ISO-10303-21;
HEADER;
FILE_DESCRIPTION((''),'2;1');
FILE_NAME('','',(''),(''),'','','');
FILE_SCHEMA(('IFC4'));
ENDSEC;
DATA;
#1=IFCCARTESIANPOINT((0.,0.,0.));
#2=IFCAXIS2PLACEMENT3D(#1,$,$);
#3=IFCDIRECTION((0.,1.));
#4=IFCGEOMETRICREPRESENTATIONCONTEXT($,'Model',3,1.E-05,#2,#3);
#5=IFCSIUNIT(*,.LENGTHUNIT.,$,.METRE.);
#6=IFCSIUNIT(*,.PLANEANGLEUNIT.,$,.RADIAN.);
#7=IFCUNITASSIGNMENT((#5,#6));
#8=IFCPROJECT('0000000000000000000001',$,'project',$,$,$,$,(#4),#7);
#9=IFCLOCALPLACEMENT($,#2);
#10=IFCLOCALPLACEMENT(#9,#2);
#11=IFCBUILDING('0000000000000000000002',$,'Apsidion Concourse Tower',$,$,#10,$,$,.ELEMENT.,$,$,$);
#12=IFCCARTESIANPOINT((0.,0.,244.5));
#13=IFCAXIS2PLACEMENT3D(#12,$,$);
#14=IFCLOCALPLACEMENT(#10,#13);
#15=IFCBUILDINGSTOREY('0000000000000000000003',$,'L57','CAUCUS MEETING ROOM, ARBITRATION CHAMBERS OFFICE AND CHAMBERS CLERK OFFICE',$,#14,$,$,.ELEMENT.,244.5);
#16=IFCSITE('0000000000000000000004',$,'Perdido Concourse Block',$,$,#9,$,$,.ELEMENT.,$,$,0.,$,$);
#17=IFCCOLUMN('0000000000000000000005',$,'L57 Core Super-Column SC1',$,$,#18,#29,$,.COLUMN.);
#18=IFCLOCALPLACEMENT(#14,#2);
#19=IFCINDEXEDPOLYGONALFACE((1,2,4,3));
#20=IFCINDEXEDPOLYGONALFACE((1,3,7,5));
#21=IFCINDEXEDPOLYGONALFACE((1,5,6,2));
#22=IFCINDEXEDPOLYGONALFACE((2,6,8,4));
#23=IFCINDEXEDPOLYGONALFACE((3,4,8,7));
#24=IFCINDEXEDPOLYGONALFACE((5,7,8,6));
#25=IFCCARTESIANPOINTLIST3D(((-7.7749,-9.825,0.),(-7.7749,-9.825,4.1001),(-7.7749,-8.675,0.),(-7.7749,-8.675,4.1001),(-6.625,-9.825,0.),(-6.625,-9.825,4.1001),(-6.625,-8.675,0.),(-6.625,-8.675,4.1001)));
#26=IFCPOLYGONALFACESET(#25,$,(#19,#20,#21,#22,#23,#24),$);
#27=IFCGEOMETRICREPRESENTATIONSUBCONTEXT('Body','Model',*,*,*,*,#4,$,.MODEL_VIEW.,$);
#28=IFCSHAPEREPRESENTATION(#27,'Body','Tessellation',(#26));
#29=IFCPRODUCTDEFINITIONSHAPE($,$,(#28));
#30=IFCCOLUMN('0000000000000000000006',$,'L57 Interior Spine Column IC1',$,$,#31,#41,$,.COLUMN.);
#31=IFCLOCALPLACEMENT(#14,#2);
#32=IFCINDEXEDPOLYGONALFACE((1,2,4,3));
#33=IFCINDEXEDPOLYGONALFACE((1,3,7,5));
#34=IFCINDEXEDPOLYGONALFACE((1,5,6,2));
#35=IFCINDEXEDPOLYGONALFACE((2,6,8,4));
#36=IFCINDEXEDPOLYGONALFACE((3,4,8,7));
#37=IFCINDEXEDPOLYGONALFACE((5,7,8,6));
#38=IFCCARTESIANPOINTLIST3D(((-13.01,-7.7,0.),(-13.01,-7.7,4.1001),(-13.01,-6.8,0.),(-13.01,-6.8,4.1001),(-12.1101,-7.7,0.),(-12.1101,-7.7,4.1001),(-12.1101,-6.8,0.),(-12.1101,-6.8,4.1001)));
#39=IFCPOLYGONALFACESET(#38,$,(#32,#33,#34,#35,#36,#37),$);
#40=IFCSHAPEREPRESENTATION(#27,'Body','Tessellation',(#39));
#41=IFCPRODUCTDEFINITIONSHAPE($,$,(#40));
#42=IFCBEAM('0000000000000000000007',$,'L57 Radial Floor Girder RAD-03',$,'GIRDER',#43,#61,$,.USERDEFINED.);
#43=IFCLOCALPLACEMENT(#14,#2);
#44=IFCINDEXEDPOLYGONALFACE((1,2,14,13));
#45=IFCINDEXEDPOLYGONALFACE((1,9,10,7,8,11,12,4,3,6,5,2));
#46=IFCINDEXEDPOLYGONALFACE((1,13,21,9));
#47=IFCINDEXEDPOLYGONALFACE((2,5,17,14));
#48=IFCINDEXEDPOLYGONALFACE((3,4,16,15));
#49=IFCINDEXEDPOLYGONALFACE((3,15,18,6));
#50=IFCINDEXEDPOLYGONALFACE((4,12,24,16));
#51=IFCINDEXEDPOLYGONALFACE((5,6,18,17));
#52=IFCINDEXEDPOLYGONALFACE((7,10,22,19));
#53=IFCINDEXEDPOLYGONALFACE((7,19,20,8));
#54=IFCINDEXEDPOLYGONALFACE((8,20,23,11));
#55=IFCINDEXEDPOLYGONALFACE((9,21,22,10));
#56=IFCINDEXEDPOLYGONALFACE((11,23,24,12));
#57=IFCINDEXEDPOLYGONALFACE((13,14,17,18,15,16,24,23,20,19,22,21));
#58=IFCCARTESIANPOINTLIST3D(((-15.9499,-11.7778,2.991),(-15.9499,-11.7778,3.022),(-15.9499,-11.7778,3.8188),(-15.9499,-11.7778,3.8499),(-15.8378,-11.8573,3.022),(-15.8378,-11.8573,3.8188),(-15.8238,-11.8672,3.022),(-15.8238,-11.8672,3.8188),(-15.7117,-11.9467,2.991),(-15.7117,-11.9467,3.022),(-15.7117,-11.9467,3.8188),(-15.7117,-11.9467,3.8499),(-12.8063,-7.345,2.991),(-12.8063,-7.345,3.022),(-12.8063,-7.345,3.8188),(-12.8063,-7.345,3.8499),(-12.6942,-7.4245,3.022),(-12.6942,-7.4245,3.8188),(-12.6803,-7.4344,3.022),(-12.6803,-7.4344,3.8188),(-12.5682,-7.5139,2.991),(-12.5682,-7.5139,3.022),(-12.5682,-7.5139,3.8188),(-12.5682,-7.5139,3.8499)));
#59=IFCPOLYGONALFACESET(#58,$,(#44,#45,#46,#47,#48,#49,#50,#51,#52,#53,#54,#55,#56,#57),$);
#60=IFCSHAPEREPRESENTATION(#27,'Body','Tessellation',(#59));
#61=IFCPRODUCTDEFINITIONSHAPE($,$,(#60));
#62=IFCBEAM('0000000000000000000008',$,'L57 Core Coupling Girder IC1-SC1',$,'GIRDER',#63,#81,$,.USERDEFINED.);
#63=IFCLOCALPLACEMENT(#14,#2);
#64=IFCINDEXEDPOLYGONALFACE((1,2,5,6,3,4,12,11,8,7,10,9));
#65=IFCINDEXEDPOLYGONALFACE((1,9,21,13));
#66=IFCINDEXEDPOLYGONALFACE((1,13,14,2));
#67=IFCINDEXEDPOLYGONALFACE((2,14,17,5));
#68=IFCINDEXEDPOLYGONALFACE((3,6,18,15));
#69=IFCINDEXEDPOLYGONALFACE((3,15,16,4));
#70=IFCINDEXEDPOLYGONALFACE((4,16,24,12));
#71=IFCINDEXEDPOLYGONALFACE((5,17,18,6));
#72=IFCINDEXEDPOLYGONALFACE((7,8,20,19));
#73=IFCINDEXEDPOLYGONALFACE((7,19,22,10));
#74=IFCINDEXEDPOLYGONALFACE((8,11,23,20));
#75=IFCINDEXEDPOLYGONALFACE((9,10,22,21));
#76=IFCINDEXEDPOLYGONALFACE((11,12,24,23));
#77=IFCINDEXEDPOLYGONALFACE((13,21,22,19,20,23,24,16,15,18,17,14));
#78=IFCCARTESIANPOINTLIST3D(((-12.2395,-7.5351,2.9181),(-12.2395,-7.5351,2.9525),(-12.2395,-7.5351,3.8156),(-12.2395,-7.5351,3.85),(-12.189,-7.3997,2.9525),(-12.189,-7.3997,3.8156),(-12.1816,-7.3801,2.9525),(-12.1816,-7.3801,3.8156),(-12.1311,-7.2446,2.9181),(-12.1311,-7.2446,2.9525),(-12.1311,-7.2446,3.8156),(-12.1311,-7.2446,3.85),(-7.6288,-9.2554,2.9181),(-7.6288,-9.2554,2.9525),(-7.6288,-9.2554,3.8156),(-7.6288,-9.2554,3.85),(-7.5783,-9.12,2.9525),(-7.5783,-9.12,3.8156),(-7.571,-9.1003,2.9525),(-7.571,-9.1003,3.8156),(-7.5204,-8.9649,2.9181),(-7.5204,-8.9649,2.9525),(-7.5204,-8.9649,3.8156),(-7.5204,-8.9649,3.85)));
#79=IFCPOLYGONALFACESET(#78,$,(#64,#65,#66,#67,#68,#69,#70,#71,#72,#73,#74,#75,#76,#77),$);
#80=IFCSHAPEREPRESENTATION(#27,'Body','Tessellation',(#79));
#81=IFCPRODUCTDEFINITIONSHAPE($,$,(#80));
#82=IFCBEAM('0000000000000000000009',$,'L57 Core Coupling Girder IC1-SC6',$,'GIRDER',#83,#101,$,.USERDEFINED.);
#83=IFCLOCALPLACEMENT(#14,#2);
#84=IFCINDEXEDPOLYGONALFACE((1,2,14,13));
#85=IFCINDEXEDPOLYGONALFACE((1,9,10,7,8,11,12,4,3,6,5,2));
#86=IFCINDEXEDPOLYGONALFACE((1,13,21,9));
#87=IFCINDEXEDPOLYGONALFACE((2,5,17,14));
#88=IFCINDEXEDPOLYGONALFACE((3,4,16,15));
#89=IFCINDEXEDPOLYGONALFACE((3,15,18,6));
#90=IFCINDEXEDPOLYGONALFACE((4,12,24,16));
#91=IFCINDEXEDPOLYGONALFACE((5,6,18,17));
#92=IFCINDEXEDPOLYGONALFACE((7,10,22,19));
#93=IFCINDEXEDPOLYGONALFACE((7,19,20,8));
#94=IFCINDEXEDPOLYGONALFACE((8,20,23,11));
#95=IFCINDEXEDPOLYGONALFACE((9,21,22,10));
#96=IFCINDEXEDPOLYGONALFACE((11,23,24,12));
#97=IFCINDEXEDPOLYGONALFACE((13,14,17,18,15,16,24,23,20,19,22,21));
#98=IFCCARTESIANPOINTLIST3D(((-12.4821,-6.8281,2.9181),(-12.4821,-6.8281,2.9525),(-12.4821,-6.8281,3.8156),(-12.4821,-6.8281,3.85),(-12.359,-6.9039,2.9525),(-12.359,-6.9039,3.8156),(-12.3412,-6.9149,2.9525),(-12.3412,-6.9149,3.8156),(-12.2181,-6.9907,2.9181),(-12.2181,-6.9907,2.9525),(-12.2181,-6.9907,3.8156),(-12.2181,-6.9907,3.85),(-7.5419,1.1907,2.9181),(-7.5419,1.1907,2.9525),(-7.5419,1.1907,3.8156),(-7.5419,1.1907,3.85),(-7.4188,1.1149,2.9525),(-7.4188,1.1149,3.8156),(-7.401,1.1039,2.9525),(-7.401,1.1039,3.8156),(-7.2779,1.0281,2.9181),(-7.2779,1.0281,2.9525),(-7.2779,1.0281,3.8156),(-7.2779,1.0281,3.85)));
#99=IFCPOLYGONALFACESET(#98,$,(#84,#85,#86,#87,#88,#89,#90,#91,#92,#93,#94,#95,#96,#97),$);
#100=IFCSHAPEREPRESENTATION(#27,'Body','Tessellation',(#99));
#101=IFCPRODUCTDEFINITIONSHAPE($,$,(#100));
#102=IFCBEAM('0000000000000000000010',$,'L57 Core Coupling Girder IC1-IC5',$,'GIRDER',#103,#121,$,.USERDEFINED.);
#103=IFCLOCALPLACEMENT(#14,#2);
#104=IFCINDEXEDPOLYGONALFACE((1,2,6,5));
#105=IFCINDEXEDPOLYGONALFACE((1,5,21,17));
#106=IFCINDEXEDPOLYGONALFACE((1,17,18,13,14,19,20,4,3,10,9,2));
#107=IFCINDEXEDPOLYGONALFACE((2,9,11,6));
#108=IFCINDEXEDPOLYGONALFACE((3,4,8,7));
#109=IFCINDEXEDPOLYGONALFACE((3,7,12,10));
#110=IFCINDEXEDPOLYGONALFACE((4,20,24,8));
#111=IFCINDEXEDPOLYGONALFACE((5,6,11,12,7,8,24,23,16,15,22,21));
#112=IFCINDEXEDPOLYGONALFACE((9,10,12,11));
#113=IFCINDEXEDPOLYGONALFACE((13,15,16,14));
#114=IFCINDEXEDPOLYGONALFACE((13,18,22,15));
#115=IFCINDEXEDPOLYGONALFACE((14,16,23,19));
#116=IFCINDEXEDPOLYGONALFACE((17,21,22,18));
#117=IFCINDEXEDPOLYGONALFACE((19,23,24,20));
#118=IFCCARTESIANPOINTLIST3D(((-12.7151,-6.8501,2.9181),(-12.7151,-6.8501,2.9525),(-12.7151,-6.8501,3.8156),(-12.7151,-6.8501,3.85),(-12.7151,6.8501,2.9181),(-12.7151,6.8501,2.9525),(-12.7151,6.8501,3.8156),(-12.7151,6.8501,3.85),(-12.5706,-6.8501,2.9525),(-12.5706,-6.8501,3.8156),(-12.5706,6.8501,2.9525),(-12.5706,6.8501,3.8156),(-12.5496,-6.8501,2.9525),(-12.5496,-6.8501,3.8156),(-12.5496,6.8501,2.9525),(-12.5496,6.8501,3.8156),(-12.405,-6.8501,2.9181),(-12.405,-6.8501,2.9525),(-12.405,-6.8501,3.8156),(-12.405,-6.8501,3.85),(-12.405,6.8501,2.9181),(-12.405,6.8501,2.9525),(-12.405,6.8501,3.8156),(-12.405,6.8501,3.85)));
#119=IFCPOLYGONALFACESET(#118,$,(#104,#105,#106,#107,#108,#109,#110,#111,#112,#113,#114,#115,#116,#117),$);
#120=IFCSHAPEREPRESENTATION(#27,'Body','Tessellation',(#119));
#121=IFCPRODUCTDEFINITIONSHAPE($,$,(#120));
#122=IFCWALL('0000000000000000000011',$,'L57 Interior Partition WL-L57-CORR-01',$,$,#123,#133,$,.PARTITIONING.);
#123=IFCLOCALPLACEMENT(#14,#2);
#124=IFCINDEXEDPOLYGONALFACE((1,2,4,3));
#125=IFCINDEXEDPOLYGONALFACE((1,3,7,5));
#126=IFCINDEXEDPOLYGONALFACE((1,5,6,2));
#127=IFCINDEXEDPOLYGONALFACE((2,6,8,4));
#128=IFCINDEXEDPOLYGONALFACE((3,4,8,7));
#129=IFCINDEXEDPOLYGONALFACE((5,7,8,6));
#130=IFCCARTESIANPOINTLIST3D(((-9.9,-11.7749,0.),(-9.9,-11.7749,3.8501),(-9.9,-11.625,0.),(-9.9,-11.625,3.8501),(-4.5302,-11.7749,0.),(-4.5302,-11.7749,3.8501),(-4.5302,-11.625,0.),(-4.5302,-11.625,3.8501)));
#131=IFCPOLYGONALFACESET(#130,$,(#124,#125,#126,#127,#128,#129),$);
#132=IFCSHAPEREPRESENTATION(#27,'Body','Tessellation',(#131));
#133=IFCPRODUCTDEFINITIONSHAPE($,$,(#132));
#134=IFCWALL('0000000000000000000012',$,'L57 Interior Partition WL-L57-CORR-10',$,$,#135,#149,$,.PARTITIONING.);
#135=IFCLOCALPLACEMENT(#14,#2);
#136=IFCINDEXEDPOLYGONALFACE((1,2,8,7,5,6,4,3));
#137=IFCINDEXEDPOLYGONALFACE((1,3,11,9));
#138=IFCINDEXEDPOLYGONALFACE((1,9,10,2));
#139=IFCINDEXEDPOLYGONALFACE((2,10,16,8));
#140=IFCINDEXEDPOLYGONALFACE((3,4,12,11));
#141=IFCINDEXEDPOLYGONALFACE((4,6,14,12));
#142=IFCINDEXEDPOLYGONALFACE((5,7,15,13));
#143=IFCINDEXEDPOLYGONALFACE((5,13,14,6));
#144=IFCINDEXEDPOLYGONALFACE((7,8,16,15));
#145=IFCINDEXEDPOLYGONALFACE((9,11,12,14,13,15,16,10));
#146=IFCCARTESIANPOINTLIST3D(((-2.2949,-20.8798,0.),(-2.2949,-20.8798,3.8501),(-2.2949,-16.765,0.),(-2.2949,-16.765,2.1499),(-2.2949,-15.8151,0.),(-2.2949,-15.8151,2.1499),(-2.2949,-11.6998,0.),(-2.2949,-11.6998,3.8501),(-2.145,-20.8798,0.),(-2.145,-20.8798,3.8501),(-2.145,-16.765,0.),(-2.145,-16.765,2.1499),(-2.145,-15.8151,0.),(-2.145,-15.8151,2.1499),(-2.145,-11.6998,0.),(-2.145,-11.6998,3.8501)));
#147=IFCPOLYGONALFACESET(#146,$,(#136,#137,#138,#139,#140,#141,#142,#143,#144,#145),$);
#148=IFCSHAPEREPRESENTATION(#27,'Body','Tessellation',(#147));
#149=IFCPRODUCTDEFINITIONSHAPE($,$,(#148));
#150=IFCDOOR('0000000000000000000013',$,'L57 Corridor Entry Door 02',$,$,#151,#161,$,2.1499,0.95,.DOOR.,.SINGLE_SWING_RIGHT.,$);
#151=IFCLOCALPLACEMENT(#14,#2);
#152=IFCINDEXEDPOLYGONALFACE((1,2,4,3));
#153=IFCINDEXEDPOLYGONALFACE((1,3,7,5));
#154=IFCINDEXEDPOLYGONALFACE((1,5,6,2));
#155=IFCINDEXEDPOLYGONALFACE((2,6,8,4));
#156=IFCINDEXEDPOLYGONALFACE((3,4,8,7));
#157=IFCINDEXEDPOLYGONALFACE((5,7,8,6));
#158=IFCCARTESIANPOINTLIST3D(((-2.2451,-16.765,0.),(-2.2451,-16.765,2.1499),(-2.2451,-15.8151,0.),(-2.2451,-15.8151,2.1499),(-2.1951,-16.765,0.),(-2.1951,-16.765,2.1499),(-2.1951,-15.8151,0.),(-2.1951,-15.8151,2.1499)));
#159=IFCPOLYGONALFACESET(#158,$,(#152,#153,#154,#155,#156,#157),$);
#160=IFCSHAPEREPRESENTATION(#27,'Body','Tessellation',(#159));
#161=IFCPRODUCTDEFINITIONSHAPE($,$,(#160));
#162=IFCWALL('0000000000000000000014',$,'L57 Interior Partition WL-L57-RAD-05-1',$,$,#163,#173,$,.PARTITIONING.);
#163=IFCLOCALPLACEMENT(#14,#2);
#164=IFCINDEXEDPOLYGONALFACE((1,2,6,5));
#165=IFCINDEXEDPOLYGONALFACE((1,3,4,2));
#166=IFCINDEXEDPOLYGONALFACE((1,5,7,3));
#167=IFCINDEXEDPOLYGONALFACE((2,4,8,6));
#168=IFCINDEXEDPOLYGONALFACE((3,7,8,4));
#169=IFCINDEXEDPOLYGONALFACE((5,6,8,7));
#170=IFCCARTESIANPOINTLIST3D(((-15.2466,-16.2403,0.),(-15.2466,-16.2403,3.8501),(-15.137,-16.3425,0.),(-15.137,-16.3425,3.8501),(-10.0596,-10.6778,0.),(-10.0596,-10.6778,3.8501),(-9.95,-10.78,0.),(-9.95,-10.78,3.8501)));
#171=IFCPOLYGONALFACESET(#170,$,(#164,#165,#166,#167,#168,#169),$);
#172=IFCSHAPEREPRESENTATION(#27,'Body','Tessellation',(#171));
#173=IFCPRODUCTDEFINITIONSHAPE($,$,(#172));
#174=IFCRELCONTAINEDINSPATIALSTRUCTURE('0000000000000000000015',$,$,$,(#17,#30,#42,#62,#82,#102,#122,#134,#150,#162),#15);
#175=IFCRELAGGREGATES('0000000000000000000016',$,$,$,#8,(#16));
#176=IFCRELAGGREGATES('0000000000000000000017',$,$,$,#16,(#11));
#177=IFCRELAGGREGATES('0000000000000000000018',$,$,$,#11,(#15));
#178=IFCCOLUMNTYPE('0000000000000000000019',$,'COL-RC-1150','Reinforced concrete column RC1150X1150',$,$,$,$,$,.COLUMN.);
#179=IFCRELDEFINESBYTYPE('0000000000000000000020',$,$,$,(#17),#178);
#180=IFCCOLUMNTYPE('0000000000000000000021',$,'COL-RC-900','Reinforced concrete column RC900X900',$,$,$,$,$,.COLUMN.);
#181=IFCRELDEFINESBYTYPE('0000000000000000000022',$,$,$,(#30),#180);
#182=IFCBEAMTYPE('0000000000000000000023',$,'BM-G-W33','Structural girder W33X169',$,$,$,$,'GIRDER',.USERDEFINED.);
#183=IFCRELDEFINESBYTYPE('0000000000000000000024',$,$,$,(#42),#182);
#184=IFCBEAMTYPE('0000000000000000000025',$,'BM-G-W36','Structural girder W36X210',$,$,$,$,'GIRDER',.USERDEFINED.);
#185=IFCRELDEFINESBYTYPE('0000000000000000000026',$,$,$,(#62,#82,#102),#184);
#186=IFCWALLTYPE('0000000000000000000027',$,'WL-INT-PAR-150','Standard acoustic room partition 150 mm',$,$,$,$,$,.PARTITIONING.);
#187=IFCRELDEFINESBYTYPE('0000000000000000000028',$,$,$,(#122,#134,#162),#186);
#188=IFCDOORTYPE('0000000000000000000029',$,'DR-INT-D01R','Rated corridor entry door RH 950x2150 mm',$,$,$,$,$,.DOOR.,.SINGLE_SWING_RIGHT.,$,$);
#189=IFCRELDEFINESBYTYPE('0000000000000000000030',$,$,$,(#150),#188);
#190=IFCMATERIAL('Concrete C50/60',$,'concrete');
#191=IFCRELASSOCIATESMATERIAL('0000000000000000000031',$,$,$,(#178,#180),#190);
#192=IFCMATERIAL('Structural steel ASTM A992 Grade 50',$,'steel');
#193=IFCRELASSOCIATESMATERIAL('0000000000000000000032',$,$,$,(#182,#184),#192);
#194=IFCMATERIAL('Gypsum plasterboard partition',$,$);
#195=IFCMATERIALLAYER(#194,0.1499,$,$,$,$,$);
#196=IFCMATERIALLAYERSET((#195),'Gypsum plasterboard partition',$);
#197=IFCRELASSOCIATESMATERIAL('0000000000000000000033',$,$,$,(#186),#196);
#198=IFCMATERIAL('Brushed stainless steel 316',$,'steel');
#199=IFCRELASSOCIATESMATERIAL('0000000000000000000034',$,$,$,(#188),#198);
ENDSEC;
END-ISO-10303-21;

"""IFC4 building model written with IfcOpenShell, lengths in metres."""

from ifc_helpers import new_model, si_unit, direction, frame, frame_2d, origin, origin_2d, place, context, subcontext, project, spatial, rectangle, i_section, extrude, material, layer, layer_set, material_profile, profile_set, type_object, element, fill, save


model = new_model("IFC4")

# Units and contexts
model_context = context("Model", 3, precision=1e-05, world=origin(), true_north=direction((0.0, 1.0)))
body_context = subcontext(model_context, "Body", "Model", "MODEL_VIEW")
ifc_project = project(units=[si_unit("LENGTHUNIT", "METRE"), si_unit("PLANEANGLEUNIT", "RADIAN")], contexts=[model_context])

# Site, building, storey
site_placement = place(None, origin())
site = spatial("IfcSite", under=ifc_project, at=site_placement, Name="Perdido Concourse Block", CompositionType="ELEMENT", RefElevation=0.0)
building_placement = place(site_placement, origin())
building = spatial("IfcBuilding", under=site, at=building_placement, Name="Apsidion Concourse Tower", CompositionType="ELEMENT")
storey_placement = place(building_placement, frame((0.0, 0.0, 244.5)))
storey = spatial("IfcBuildingStorey", under=building, at=storey_placement, Name="L57", Description="CAUCUS MEETING ROOM, ARBITRATION CHAMBERS OFFICE AND CHAMBERS CLERK OFFICE", CompositionType="ELEMENT", Elevation=244.5)

# Columns
ifc_material_1 = material(Name="Concrete C50/60", Category="concrete")
ifc_material_profile_1 = material_profile(ifc_material_1, rectangle(XDim=1.1499, YDim=1.1499, at=origin_2d()), Name="RC 1150x1150")
ifc_profile_set_1 = profile_set([ifc_material_profile_1], Name="Concrete C50/60")
column_type_1 = type_object("IfcColumnType", Name="COL-RC-1150", Description="Reinforced concrete column RC1150X1150", PredefinedType="COLUMN", material=ifc_profile_set_1)
column_1_placement = place(storey_placement, frame((-7.2, -9.25, 0.0), z_axis=(0.0, 0.0, 1.0), x_axis=(1.0, 0.0, 0.0)))
element("IfcColumn", 1, at=column_1_placement, inside=storey, type_object=column_type_1, Name="L57 Core Super-Column SC1", PredefinedType="COLUMN", context=body_context, shape_type="SweptSolid", body=[
    extrude(rectangle(XDim=1.1499, YDim=1.1499, at=origin_2d()), origin(), (0.0, 0.0, 1.0), 4.1001),
])
ifc_material_profile_2 = material_profile(ifc_material_1, rectangle(XDim=0.8999, YDim=0.8999, at=origin_2d()), Name="RC 900x900")
ifc_profile_set_2 = profile_set([ifc_material_profile_2], Name="Concrete C50/60")
column_type_2 = type_object("IfcColumnType", Name="COL-RC-900", Description="Reinforced concrete column RC900X900", PredefinedType="COLUMN", material=ifc_profile_set_2)
column_2_placement = place(storey_placement, frame((-12.5601, -7.25, 0.0), z_axis=(0.0, 0.0, 1.0), x_axis=(1.0, 0.0, 0.0)))
element("IfcColumn", 2, at=column_2_placement, inside=storey, type_object=column_type_2, Name="L57 Interior Spine Column IC1", PredefinedType="COLUMN", context=body_context, shape_type="SweptSolid", body=[
    extrude(rectangle(XDim=0.8999, YDim=0.8999, at=origin_2d()), origin(), (0.0, 0.0, 1.0), 4.1001),
])

# Beams
ifc_material_2 = material(Name="Structural steel ASTM A992 Grade 50", Category="steel")
ifc_material_profile_3 = material_profile(ifc_material_2, i_section(OverallWidth=0.292, OverallDepth=0.8589, WebThickness=0.0171, FlangeThickness=0.031, at=origin_2d()), Name="W33X169")
ifc_profile_set_3 = profile_set([ifc_material_profile_3], Name="Structural steel ASTM A992 Grade 50")
beam_type_1 = type_object("IfcBeamType", Name="BM-G-W33", Description="Structural girder W33X169", ElementType="GIRDER", PredefinedType="USERDEFINED", material=ifc_profile_set_3)
beam_1_placement = place(storey_placement, frame((-12.6873, -7.4294, 3.4204), z_axis=(-0.57846, -0.815711, 0.0), x_axis=(0.815711, -0.57846, 0.0)))
element("IfcBeam", 3, at=beam_1_placement, inside=storey, type_object=beam_type_1, Name="L57 Radial Floor Girder RAD-03", ObjectType="GIRDER", PredefinedType="USERDEFINED", context=body_context, shape_type="SweptSolid", body=[
    extrude(i_section(OverallWidth=0.292, OverallDepth=0.8589, WebThickness=0.0171, FlangeThickness=0.031, at=origin_2d()), origin(), (0.0, 0.0, 1.0), 5.4343),
])
ifc_material_profile_4 = material_profile(ifc_material_2, i_section(OverallWidth=0.3101, OverallDepth=0.9319, WebThickness=0.021, FlangeThickness=0.0344, at=origin_2d()), Name="W36X210")
ifc_profile_set_4 = profile_set([ifc_material_profile_4], Name="Structural steel ASTM A992 Grade 50")
beam_type_2 = type_object("IfcBeamType", Name="BM-G-W36", Description="Structural girder W36X210", ElementType="GIRDER", PredefinedType="USERDEFINED", material=ifc_profile_set_4)
beam_2_placement = place(storey_placement, frame((-12.1853, -7.3899, 3.384), z_axis=(0.936913, -0.349563, 0.0), x_axis=(0.349563, 0.936913, 0.0)))
element("IfcBeam", 4, at=beam_2_placement, inside=storey, type_object=beam_type_2, Name="L57 Core Coupling Girder IC1-SC1", ObjectType="GIRDER", PredefinedType="USERDEFINED", context=body_context, shape_type="SweptSolid", body=[
    extrude(i_section(OverallWidth=0.3101, OverallDepth=0.9319, WebThickness=0.021, FlangeThickness=0.0344, at=origin_2d()), origin(), (0.0, 0.0, 1.0), 4.9211),
])
beam_3_placement = place(storey_placement, frame((-12.3501, -6.9094, 3.384), z_axis=(0.524524, 0.851396, 0.0), x_axis=(-0.851396, 0.524524, 0.0)))
element("IfcBeam", 5, at=beam_3_placement, inside=storey, type_object=beam_type_2, Name="L57 Core Coupling Girder IC1-SC6", ObjectType="GIRDER", PredefinedType="USERDEFINED", context=body_context, shape_type="SweptSolid", body=[
    extrude(i_section(OverallWidth=0.3101, OverallDepth=0.9319, WebThickness=0.021, FlangeThickness=0.0344, at=origin_2d()), origin(), (0.0, 0.0, 1.0), 9.4185),
])
beam_4_placement = place(storey_placement, frame((-12.5601, -6.8501, 3.384), z_axis=(0.0, 1.0, 0.0), x_axis=(-1.0, 0.0, 0.0)))
element("IfcBeam", 6, at=beam_4_placement, inside=storey, type_object=beam_type_2, Name="L57 Core Coupling Girder IC1-IC5", ObjectType="GIRDER", PredefinedType="USERDEFINED", context=body_context, shape_type="SweptSolid", body=[
    extrude(i_section(OverallWidth=0.3101, OverallDepth=0.9319, WebThickness=0.021, FlangeThickness=0.0344, at=origin_2d()), origin(), (0.0, 0.0, 1.0), 13.7002),
])

# Wall
ifc_material_3 = material(Name="Gypsum plasterboard partition")
ifc_layer_1 = layer(ifc_material_3, 0.1499)
ifc_layer_set_1 = layer_set([ifc_layer_1], Name="Gypsum plasterboard partition")
wall_type_1 = type_object("IfcWallType", Name="WL-INT-PAR-150", Description="Standard acoustic room partition 150 mm", PredefinedType="PARTITIONING", material=ifc_layer_set_1)
wall_1_placement = place(storey_placement, frame((-4.53, -11.7, 0.0), z_axis=(0.0, 0.0, 1.0), x_axis=(-1.0, 0.0, 0.0)))
element("IfcWall", 7, at=wall_1_placement, inside=storey, type_object=wall_type_1, Name="L57 Interior Partition WL-L57-CORR-01", PredefinedType="PARTITIONING", context=body_context, shape_type="SweptSolid", body=[
    extrude(rectangle(XDim=5.3699, YDim=0.1499, at=frame_2d((2.6851, 0.0))), origin(), (0.0, 0.0, 1.0), 3.8501),
])

# Wall, opening, door
wall_2_placement = place(storey_placement, frame((-2.22, -11.7, 0.0), z_axis=(0.0, 0.0, 1.0), x_axis=(0.0, -1.0, 0.0)))
wall_2 = element("IfcWall", 8, at=wall_2_placement, inside=storey, type_object=wall_type_1, Name="L57 Interior Partition WL-L57-CORR-10", PredefinedType="PARTITIONING", context=body_context, shape_type="SweptSolid", body=[
    extrude(rectangle(XDim=9.1799, YDim=0.1499, at=frame_2d((4.5898, 0.0))), origin(), (0.0, 0.0, 1.0), 3.8501),
])
opening_1_placement = place(wall_2_placement, frame((4.115, 0.0, 0.0)))
opening_1 = element("IfcOpeningElement", 9, at=opening_1_placement, cuts=wall_2, PredefinedType="OPENING", context=body_context, shape_type="SweptSolid", body=[
    extrude(rectangle(XDim=0.95, YDim=2.1499, at=frame_2d((0.4751, 1.075))), frame((0.0, 0.085, 0.0), z_axis=(0.0, -1.0, 0.0), x_axis=(1.0, 0.0, 0.0)), (0.0, 0.0, 1.0), 0.1699),
])
ifc_material_4 = material(Name="Brushed stainless steel 316", Category="steel")
door_type_1 = type_object("IfcDoorType", Name="DR-INT-D01R", Description="Rated corridor entry door RH 950x2150 mm", OperationType="SINGLE_SWING_RIGHT", PredefinedType="DOOR", material=ifc_material_4)
door_1_placement = place(opening_1_placement, origin())
door_1 = element("IfcDoor", 10, at=door_1_placement, inside=storey, type_object=door_type_1, Name="L57 Corridor Entry Door 02", OperationType="SINGLE_SWING_RIGHT", OverallHeight=2.1499, OverallWidth=0.95, PredefinedType="DOOR", context=body_context, shape_type="SweptSolid", body=[
    extrude(rectangle(XDim=0.95, YDim=2.1499, at=frame_2d((0.4751, 1.075))), frame((0.0, 0.0249, 0.0), z_axis=(0.0, -1.0, 0.0), x_axis=(1.0, 0.0, 0.0)), (0.0, 0.0, 1.0), 0.05),
])
fill(opening_1, door_1)

# Wall
wall_3_placement = place(storey_placement, frame((-10.0049, -10.729, 0.0), z_axis=(0.0, 0.0, 1.0), x_axis=(-0.681991, -0.73136, 0.0)))
element("IfcWall", 11, at=wall_3_placement, inside=storey, type_object=wall_type_1, Name="L57 Interior Partition WL-L57-RAD-05-1", PredefinedType="PARTITIONING", context=body_context, shape_type="SweptSolid", body=[
    extrude(rectangle(XDim=7.6057, YDim=0.1499, at=frame_2d((3.8027, 0.0))), origin(), (0.0, 0.0, 1.0), 3.8501),
])

save(model, "model.ifc")
